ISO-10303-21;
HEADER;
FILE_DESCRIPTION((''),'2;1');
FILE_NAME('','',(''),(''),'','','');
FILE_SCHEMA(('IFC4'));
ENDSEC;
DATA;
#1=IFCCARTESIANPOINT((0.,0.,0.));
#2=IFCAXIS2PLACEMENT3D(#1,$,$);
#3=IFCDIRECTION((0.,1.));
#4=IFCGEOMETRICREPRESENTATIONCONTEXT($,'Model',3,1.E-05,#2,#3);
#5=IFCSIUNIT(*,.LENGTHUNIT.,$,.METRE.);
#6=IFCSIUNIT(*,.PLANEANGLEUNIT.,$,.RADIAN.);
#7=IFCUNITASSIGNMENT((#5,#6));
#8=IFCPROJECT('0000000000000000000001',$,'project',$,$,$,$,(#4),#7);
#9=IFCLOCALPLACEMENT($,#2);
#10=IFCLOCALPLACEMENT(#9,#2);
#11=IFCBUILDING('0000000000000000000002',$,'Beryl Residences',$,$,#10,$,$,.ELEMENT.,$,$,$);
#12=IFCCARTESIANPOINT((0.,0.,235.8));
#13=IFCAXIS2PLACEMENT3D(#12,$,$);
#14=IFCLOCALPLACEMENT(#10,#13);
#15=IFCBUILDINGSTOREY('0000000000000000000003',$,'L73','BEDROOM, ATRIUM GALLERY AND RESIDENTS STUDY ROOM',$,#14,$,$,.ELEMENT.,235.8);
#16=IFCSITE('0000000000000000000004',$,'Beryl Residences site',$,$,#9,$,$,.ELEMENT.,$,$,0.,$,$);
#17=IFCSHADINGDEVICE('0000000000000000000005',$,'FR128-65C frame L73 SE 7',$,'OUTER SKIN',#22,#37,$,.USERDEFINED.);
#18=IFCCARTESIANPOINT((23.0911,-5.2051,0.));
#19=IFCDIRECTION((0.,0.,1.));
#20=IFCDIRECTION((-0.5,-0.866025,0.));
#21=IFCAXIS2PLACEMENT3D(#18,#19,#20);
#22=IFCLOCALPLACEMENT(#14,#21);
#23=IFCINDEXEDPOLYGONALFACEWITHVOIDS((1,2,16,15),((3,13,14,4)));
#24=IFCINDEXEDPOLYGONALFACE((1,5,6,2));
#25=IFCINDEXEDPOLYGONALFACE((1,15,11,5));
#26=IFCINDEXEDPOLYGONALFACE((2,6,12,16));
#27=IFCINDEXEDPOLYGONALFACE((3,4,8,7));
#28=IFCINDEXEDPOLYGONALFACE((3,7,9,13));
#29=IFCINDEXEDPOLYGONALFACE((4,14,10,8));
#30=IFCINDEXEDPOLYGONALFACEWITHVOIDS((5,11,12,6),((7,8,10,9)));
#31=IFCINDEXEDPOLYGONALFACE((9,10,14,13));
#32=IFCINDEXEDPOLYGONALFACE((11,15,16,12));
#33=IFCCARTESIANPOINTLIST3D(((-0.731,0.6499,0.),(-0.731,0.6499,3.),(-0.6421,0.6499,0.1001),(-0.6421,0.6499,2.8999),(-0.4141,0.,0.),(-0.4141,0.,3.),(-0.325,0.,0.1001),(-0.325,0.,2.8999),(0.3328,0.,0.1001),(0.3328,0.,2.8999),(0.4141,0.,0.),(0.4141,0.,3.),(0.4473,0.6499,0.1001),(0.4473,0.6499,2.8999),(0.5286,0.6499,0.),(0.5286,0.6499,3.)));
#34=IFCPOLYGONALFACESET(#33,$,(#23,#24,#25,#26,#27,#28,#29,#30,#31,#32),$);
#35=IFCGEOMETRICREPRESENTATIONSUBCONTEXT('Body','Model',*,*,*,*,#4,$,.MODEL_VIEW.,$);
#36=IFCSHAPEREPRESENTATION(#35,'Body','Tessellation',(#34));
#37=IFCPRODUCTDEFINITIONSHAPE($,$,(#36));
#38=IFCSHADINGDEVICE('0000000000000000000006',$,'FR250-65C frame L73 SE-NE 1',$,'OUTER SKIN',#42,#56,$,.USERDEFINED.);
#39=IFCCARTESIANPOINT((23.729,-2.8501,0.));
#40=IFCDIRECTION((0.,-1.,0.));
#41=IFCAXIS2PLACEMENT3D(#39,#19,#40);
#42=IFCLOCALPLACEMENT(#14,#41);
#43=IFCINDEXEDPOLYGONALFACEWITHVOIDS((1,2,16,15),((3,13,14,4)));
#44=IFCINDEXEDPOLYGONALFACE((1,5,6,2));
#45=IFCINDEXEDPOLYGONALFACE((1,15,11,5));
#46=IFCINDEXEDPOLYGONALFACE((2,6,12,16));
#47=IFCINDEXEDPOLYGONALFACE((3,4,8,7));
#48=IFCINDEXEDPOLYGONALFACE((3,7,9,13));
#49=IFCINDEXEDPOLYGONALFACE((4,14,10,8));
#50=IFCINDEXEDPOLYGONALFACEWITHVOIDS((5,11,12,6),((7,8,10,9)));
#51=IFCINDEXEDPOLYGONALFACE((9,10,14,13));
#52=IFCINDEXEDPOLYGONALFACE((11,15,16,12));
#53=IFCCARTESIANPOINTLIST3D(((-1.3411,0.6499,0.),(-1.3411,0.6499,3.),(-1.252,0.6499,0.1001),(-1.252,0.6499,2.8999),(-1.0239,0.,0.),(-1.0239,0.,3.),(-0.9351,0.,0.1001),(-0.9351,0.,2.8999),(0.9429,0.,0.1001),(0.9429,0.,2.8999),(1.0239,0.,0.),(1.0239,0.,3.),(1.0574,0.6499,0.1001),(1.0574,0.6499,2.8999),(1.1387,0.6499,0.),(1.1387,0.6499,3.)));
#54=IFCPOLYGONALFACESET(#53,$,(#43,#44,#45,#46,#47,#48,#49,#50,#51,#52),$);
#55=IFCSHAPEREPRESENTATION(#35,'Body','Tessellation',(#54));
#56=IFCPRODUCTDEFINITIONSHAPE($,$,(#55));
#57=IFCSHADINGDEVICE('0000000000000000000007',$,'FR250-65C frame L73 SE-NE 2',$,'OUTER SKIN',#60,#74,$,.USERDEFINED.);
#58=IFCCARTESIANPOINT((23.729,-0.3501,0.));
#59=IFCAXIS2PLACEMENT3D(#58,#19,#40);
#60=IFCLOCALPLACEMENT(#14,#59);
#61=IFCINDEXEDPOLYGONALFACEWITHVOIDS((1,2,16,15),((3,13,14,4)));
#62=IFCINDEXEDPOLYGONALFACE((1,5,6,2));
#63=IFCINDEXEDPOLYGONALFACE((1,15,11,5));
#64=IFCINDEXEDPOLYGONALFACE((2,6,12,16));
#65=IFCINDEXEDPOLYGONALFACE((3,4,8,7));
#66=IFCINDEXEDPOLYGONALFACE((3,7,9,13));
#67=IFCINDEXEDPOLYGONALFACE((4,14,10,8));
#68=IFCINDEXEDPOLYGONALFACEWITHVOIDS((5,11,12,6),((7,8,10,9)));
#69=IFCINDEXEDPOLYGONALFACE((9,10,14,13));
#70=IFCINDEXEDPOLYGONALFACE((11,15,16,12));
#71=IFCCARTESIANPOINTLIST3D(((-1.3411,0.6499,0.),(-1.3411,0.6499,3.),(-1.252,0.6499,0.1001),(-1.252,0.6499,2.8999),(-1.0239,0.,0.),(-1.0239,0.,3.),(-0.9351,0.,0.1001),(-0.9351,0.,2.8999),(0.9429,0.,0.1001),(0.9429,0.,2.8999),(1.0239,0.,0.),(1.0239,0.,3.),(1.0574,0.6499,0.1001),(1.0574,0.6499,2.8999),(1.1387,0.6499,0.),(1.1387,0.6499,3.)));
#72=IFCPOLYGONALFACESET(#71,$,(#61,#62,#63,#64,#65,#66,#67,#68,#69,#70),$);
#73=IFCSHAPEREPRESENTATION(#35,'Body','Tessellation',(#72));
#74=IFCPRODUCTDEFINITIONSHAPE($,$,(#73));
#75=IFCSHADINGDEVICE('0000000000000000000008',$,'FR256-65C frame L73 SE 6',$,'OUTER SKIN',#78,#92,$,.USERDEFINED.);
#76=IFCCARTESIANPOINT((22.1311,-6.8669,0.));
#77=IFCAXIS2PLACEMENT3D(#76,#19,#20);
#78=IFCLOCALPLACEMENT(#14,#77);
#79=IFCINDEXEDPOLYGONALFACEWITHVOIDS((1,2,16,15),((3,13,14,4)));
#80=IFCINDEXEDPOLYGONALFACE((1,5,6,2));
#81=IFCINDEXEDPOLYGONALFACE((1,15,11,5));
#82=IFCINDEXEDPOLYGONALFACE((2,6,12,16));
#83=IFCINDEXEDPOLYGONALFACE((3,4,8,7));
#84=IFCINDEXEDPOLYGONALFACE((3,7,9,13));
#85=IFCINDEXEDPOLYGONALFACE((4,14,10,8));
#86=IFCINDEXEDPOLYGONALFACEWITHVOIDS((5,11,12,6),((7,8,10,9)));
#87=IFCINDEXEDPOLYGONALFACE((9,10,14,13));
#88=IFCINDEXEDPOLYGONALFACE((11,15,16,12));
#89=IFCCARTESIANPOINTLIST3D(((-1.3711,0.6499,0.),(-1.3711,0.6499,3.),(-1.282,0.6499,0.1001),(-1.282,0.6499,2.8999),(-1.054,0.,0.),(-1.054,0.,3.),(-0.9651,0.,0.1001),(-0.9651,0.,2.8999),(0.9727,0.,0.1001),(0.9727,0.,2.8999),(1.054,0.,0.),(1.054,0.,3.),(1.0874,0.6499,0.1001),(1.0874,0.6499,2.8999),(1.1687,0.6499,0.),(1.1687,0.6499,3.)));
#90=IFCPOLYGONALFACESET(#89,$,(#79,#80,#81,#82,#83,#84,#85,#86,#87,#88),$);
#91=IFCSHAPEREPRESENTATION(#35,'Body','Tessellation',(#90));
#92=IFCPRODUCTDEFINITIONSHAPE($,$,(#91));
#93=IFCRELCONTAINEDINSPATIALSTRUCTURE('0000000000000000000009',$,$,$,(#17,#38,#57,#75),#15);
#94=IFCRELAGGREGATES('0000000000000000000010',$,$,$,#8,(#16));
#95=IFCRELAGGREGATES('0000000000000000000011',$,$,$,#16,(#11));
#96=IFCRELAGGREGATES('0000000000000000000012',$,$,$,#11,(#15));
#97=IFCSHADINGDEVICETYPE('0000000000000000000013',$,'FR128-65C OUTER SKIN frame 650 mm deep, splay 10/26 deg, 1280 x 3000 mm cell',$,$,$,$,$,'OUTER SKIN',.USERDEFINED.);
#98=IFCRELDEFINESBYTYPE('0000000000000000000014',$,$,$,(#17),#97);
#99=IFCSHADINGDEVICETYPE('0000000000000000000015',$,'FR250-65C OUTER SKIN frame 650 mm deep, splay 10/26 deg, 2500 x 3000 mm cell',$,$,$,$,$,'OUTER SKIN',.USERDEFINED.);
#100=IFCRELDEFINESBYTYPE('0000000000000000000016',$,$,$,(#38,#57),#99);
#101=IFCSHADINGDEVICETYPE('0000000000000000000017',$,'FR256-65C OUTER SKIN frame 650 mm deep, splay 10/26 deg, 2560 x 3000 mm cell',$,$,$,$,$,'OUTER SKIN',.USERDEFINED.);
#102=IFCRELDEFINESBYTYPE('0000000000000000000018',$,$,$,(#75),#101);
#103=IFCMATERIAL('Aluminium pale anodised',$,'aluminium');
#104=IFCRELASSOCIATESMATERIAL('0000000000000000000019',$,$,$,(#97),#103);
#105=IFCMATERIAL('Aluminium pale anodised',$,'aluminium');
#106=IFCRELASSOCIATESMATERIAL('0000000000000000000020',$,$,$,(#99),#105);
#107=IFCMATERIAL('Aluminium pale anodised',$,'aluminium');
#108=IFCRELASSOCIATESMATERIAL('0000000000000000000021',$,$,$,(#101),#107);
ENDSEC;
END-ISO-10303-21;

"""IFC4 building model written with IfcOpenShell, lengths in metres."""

from ifc_helpers import new_model, entity, si_unit, direction, frame, origin, place, context, subcontext, project, spatial, source, transform, mapped, material, type_object, type_shapes, element, save


model = new_model("IFC4")

# Units and contexts
model_context = context("Model", 3, precision=1e-05, world=origin(), true_north=direction((0.0, 1.0)))
body_context = subcontext(model_context, "Body", "Model", "MODEL_VIEW")
ifc_project = project(units=[si_unit("LENGTHUNIT", "METRE"), si_unit("PLANEANGLEUNIT", "RADIAN")], contexts=[model_context])

# Site, building, storey
site_placement = place(None, origin())
site = spatial("IfcSite", under=ifc_project, at=site_placement, Name="Beryl Residences site", CompositionType="ELEMENT", RefElevation=0.0)
building_placement = place(site_placement, origin())
building = spatial("IfcBuilding", under=site, at=building_placement, Name="Beryl Residences", CompositionType="ELEMENT")
storey_placement = place(building_placement, frame((0.0, 0.0, 235.8)))
storey = spatial("IfcBuildingStorey", under=building, at=storey_placement, Name="L73", Description="BEDROOM, ATRIUM GALLERY AND RESIDENTS STUDY ROOM", CompositionType="ELEMENT", Elevation=235.8)

# Shading devices
ifc_material_1 = material(Name="Aluminium pale anodised", Category="aluminium")
shading_device_type_1 = type_object("IfcShadingDeviceType", Name="FR128-65C OUTER SKIN frame 650 mm deep, splay 10/26 deg, 1280 x 3000 mm cell", ElementType="OUTER SKIN", PredefinedType="USERDEFINED", material=ifc_material_1)
cartesian_point_1 = entity("IfcCartesianPoint", [-0.4141, 0.0])
cartesian_point_2 = entity("IfcCartesianPoint", [-0.3328, 0.1001])
cartesian_point_3 = entity("IfcCartesianPoint", [-0.5286, 0.0])
cartesian_point_4 = entity("IfcCartesianPoint", [-0.4473, 0.1001])
shared_shape_1 = source(origin(), body_context, "Body", "SweptSolid", [
    entity("IfcExtrudedAreaSolidTapered", entity("IfcArbitraryProfileDefWithVoids", "AREA", None, entity("IfcPolyline", [cartesian_point_1, entity("IfcCartesianPoint", [0.4141, 0.0]), entity("IfcCartesianPoint", [0.4141, 3.0]), entity("IfcCartesianPoint", [-0.4141, 3.0]), cartesian_point_1]), [entity("IfcPolyline", [cartesian_point_2, entity("IfcCartesianPoint", [0.325, 0.1001]), entity("IfcCartesianPoint", [0.325, 2.8999]), entity("IfcCartesianPoint", [-0.3328, 2.8999]), cartesian_point_2])]), entity("IfcAxis2Placement3D", entity("IfcCartesianPoint", [0.0, 0.0, 0.0]), entity("IfcDirection", [0.0, 1.0, 0.0]), entity("IfcDirection", [-1.0, 0.0, 0.0])), entity("IfcDirection", [0.0, 0.0, 1.0]), 0.6499, entity("IfcArbitraryProfileDefWithVoids", "AREA", None, entity("IfcPolyline", [cartesian_point_3, entity("IfcCartesianPoint", [0.731, 0.0]), entity("IfcCartesianPoint", [0.731, 3.0]), entity("IfcCartesianPoint", [-0.5286, 3.0]), cartesian_point_3]), [entity("IfcPolyline", [cartesian_point_4, entity("IfcCartesianPoint", [0.6421, 0.1001]), entity("IfcCartesianPoint", [0.6421, 2.8999]), entity("IfcCartesianPoint", [-0.4473, 2.8999]), cartesian_point_4])])),
])
type_shapes(shading_device_type_1, [shared_shape_1])
shading_device_1_placement = place(storey_placement, frame((23.0911, -5.2051, 0.0), z_axis=(0.0, 0.0, 1.0), x_axis=(-0.5, -0.866025, 0.0)))
element("IfcShadingDevice", 1, at=shading_device_1_placement, inside=storey, type_object=shading_device_type_1, Name="FR128-65C frame L73 SE 7", ObjectType="OUTER SKIN", PredefinedType="USERDEFINED", context=body_context, shape_type="MappedRepresentation", body=[
    mapped(shared_shape_1, transform((0.0, 0.0, 0.0))),
])
ifc_material_2 = material(Name="Aluminium pale anodised", Category="aluminium")
shading_device_type_2 = type_object("IfcShadingDeviceType", Name="FR250-65C OUTER SKIN frame 650 mm deep, splay 10/26 deg, 2500 x 3000 mm cell", ElementType="OUTER SKIN", PredefinedType="USERDEFINED", material=ifc_material_2)
cartesian_point_5 = entity("IfcCartesianPoint", [-1.0239, 0.0])
cartesian_point_6 = entity("IfcCartesianPoint", [-0.9429, 0.1001])
cartesian_point_7 = entity("IfcCartesianPoint", [-1.1387, 0.0])
cartesian_point_8 = entity("IfcCartesianPoint", [-1.0574, 0.1001])
shared_shape_2 = source(origin(), body_context, "Body", "SweptSolid", [
    entity("IfcExtrudedAreaSolidTapered", entity("IfcArbitraryProfileDefWithVoids", "AREA", None, entity("IfcPolyline", [cartesian_point_5, entity("IfcCartesianPoint", [1.0239, 0.0]), entity("IfcCartesianPoint", [1.0239, 3.0]), entity("IfcCartesianPoint", [-1.0239, 3.0]), cartesian_point_5]), [entity("IfcPolyline", [cartesian_point_6, entity("IfcCartesianPoint", [0.9351, 0.1001]), entity("IfcCartesianPoint", [0.9351, 2.8999]), entity("IfcCartesianPoint", [-0.9429, 2.8999]), cartesian_point_6])]), entity("IfcAxis2Placement3D", entity("IfcCartesianPoint", [0.0, 0.0, 0.0]), entity("IfcDirection", [0.0, 1.0, 0.0]), entity("IfcDirection", [-1.0, 0.0, 0.0])), entity("IfcDirection", [0.0, 0.0, 1.0]), 0.6499, entity("IfcArbitraryProfileDefWithVoids", "AREA", None, entity("IfcPolyline", [cartesian_point_7, entity("IfcCartesianPoint", [1.3411, 0.0]), entity("IfcCartesianPoint", [1.3411, 3.0]), entity("IfcCartesianPoint", [-1.1387, 3.0]), cartesian_point_7]), [entity("IfcPolyline", [cartesian_point_8, entity("IfcCartesianPoint", [1.252, 0.1001]), entity("IfcCartesianPoint", [1.252, 2.8999]), entity("IfcCartesianPoint", [-1.0574, 2.8999]), cartesian_point_8])])),
])
type_shapes(shading_device_type_2, [shared_shape_2])
for number, where, z_axis, x_axis, name in (
    (2, (23.729, -2.8501, 0.0), (0.0, 0.0, 1.0), (0.0, -1.0, 0.0), "FR250-65C frame L73 SE-NE 1"),
    (3, (23.729, -0.3501, 0.0), (0.0, 0.0, 1.0), (0.0, -1.0, 0.0), "FR250-65C frame L73 SE-NE 2"),
):
    element("IfcShadingDevice", number, at=place(storey_placement, frame(where, z_axis=z_axis, x_axis=x_axis)), inside=storey, type_object=shading_device_type_2, Name=name, ObjectType="OUTER SKIN", PredefinedType="USERDEFINED", context=body_context, shape_type="MappedRepresentation", body=[
        mapped(shared_shape_2, transform((0.0, 0.0, 0.0))),
    ])
ifc_material_3 = material(Name="Aluminium pale anodised", Category="aluminium")
shading_device_type_3 = type_object("IfcShadingDeviceType", Name="FR256-65C OUTER SKIN frame 650 mm deep, splay 10/26 deg, 2560 x 3000 mm cell", ElementType="OUTER SKIN", PredefinedType="USERDEFINED", material=ifc_material_3)
cartesian_point_9 = entity("IfcCartesianPoint", [-1.054, 0.0])
cartesian_point_10 = entity("IfcCartesianPoint", [-0.9727, 0.1001])
cartesian_point_11 = entity("IfcCartesianPoint", [-1.1687, 0.0])
cartesian_point_12 = entity("IfcCartesianPoint", [-1.0874, 0.1001])
shared_shape_3 = source(origin(), body_context, "Body", "SweptSolid", [
    entity("IfcExtrudedAreaSolidTapered", entity("IfcArbitraryProfileDefWithVoids", "AREA", None, entity("IfcPolyline", [cartesian_point_9, entity("IfcCartesianPoint", [1.054, 0.0]), entity("IfcCartesianPoint", [1.054, 3.0]), entity("IfcCartesianPoint", [-1.054, 3.0]), cartesian_point_9]), [entity("IfcPolyline", [cartesian_point_10, entity("IfcCartesianPoint", [0.9651, 0.1001]), entity("IfcCartesianPoint", [0.9651, 2.8999]), entity("IfcCartesianPoint", [-0.9727, 2.8999]), cartesian_point_10])]), entity("IfcAxis2Placement3D", entity("IfcCartesianPoint", [0.0, 0.0, 0.0]), entity("IfcDirection", [0.0, 1.0, 0.0]), entity("IfcDirection", [-1.0, 0.0, 0.0])), entity("IfcDirection", [0.0, 0.0, 1.0]), 0.6499, entity("IfcArbitraryProfileDefWithVoids", "AREA", None, entity("IfcPolyline", [cartesian_point_11, entity("IfcCartesianPoint", [1.3711, 0.0]), entity("IfcCartesianPoint", [1.3711, 3.0]), entity("IfcCartesianPoint", [-1.1687, 3.0]), cartesian_point_11]), [entity("IfcPolyline", [cartesian_point_12, entity("IfcCartesianPoint", [1.282, 0.1001]), entity("IfcCartesianPoint", [1.282, 2.8999]), entity("IfcCartesianPoint", [-1.0874, 2.8999]), cartesian_point_12])])),
])
type_shapes(shading_device_type_3, [shared_shape_3])
shading_device_2_placement = place(storey_placement, frame((22.1311, -6.8669, 0.0), z_axis=(0.0, 0.0, 1.0), x_axis=(-0.5, -0.866025, 0.0)))
element("IfcShadingDevice", 4, at=shading_device_2_placement, inside=storey, type_object=shading_device_type_3, Name="FR256-65C frame L73 SE 6", ObjectType="OUTER SKIN", PredefinedType="USERDEFINED", context=body_context, shape_type="MappedRepresentation", body=[
    mapped(shared_shape_3, transform((0.0, 0.0, 0.0))),
])

save(model, "model.ifc")
